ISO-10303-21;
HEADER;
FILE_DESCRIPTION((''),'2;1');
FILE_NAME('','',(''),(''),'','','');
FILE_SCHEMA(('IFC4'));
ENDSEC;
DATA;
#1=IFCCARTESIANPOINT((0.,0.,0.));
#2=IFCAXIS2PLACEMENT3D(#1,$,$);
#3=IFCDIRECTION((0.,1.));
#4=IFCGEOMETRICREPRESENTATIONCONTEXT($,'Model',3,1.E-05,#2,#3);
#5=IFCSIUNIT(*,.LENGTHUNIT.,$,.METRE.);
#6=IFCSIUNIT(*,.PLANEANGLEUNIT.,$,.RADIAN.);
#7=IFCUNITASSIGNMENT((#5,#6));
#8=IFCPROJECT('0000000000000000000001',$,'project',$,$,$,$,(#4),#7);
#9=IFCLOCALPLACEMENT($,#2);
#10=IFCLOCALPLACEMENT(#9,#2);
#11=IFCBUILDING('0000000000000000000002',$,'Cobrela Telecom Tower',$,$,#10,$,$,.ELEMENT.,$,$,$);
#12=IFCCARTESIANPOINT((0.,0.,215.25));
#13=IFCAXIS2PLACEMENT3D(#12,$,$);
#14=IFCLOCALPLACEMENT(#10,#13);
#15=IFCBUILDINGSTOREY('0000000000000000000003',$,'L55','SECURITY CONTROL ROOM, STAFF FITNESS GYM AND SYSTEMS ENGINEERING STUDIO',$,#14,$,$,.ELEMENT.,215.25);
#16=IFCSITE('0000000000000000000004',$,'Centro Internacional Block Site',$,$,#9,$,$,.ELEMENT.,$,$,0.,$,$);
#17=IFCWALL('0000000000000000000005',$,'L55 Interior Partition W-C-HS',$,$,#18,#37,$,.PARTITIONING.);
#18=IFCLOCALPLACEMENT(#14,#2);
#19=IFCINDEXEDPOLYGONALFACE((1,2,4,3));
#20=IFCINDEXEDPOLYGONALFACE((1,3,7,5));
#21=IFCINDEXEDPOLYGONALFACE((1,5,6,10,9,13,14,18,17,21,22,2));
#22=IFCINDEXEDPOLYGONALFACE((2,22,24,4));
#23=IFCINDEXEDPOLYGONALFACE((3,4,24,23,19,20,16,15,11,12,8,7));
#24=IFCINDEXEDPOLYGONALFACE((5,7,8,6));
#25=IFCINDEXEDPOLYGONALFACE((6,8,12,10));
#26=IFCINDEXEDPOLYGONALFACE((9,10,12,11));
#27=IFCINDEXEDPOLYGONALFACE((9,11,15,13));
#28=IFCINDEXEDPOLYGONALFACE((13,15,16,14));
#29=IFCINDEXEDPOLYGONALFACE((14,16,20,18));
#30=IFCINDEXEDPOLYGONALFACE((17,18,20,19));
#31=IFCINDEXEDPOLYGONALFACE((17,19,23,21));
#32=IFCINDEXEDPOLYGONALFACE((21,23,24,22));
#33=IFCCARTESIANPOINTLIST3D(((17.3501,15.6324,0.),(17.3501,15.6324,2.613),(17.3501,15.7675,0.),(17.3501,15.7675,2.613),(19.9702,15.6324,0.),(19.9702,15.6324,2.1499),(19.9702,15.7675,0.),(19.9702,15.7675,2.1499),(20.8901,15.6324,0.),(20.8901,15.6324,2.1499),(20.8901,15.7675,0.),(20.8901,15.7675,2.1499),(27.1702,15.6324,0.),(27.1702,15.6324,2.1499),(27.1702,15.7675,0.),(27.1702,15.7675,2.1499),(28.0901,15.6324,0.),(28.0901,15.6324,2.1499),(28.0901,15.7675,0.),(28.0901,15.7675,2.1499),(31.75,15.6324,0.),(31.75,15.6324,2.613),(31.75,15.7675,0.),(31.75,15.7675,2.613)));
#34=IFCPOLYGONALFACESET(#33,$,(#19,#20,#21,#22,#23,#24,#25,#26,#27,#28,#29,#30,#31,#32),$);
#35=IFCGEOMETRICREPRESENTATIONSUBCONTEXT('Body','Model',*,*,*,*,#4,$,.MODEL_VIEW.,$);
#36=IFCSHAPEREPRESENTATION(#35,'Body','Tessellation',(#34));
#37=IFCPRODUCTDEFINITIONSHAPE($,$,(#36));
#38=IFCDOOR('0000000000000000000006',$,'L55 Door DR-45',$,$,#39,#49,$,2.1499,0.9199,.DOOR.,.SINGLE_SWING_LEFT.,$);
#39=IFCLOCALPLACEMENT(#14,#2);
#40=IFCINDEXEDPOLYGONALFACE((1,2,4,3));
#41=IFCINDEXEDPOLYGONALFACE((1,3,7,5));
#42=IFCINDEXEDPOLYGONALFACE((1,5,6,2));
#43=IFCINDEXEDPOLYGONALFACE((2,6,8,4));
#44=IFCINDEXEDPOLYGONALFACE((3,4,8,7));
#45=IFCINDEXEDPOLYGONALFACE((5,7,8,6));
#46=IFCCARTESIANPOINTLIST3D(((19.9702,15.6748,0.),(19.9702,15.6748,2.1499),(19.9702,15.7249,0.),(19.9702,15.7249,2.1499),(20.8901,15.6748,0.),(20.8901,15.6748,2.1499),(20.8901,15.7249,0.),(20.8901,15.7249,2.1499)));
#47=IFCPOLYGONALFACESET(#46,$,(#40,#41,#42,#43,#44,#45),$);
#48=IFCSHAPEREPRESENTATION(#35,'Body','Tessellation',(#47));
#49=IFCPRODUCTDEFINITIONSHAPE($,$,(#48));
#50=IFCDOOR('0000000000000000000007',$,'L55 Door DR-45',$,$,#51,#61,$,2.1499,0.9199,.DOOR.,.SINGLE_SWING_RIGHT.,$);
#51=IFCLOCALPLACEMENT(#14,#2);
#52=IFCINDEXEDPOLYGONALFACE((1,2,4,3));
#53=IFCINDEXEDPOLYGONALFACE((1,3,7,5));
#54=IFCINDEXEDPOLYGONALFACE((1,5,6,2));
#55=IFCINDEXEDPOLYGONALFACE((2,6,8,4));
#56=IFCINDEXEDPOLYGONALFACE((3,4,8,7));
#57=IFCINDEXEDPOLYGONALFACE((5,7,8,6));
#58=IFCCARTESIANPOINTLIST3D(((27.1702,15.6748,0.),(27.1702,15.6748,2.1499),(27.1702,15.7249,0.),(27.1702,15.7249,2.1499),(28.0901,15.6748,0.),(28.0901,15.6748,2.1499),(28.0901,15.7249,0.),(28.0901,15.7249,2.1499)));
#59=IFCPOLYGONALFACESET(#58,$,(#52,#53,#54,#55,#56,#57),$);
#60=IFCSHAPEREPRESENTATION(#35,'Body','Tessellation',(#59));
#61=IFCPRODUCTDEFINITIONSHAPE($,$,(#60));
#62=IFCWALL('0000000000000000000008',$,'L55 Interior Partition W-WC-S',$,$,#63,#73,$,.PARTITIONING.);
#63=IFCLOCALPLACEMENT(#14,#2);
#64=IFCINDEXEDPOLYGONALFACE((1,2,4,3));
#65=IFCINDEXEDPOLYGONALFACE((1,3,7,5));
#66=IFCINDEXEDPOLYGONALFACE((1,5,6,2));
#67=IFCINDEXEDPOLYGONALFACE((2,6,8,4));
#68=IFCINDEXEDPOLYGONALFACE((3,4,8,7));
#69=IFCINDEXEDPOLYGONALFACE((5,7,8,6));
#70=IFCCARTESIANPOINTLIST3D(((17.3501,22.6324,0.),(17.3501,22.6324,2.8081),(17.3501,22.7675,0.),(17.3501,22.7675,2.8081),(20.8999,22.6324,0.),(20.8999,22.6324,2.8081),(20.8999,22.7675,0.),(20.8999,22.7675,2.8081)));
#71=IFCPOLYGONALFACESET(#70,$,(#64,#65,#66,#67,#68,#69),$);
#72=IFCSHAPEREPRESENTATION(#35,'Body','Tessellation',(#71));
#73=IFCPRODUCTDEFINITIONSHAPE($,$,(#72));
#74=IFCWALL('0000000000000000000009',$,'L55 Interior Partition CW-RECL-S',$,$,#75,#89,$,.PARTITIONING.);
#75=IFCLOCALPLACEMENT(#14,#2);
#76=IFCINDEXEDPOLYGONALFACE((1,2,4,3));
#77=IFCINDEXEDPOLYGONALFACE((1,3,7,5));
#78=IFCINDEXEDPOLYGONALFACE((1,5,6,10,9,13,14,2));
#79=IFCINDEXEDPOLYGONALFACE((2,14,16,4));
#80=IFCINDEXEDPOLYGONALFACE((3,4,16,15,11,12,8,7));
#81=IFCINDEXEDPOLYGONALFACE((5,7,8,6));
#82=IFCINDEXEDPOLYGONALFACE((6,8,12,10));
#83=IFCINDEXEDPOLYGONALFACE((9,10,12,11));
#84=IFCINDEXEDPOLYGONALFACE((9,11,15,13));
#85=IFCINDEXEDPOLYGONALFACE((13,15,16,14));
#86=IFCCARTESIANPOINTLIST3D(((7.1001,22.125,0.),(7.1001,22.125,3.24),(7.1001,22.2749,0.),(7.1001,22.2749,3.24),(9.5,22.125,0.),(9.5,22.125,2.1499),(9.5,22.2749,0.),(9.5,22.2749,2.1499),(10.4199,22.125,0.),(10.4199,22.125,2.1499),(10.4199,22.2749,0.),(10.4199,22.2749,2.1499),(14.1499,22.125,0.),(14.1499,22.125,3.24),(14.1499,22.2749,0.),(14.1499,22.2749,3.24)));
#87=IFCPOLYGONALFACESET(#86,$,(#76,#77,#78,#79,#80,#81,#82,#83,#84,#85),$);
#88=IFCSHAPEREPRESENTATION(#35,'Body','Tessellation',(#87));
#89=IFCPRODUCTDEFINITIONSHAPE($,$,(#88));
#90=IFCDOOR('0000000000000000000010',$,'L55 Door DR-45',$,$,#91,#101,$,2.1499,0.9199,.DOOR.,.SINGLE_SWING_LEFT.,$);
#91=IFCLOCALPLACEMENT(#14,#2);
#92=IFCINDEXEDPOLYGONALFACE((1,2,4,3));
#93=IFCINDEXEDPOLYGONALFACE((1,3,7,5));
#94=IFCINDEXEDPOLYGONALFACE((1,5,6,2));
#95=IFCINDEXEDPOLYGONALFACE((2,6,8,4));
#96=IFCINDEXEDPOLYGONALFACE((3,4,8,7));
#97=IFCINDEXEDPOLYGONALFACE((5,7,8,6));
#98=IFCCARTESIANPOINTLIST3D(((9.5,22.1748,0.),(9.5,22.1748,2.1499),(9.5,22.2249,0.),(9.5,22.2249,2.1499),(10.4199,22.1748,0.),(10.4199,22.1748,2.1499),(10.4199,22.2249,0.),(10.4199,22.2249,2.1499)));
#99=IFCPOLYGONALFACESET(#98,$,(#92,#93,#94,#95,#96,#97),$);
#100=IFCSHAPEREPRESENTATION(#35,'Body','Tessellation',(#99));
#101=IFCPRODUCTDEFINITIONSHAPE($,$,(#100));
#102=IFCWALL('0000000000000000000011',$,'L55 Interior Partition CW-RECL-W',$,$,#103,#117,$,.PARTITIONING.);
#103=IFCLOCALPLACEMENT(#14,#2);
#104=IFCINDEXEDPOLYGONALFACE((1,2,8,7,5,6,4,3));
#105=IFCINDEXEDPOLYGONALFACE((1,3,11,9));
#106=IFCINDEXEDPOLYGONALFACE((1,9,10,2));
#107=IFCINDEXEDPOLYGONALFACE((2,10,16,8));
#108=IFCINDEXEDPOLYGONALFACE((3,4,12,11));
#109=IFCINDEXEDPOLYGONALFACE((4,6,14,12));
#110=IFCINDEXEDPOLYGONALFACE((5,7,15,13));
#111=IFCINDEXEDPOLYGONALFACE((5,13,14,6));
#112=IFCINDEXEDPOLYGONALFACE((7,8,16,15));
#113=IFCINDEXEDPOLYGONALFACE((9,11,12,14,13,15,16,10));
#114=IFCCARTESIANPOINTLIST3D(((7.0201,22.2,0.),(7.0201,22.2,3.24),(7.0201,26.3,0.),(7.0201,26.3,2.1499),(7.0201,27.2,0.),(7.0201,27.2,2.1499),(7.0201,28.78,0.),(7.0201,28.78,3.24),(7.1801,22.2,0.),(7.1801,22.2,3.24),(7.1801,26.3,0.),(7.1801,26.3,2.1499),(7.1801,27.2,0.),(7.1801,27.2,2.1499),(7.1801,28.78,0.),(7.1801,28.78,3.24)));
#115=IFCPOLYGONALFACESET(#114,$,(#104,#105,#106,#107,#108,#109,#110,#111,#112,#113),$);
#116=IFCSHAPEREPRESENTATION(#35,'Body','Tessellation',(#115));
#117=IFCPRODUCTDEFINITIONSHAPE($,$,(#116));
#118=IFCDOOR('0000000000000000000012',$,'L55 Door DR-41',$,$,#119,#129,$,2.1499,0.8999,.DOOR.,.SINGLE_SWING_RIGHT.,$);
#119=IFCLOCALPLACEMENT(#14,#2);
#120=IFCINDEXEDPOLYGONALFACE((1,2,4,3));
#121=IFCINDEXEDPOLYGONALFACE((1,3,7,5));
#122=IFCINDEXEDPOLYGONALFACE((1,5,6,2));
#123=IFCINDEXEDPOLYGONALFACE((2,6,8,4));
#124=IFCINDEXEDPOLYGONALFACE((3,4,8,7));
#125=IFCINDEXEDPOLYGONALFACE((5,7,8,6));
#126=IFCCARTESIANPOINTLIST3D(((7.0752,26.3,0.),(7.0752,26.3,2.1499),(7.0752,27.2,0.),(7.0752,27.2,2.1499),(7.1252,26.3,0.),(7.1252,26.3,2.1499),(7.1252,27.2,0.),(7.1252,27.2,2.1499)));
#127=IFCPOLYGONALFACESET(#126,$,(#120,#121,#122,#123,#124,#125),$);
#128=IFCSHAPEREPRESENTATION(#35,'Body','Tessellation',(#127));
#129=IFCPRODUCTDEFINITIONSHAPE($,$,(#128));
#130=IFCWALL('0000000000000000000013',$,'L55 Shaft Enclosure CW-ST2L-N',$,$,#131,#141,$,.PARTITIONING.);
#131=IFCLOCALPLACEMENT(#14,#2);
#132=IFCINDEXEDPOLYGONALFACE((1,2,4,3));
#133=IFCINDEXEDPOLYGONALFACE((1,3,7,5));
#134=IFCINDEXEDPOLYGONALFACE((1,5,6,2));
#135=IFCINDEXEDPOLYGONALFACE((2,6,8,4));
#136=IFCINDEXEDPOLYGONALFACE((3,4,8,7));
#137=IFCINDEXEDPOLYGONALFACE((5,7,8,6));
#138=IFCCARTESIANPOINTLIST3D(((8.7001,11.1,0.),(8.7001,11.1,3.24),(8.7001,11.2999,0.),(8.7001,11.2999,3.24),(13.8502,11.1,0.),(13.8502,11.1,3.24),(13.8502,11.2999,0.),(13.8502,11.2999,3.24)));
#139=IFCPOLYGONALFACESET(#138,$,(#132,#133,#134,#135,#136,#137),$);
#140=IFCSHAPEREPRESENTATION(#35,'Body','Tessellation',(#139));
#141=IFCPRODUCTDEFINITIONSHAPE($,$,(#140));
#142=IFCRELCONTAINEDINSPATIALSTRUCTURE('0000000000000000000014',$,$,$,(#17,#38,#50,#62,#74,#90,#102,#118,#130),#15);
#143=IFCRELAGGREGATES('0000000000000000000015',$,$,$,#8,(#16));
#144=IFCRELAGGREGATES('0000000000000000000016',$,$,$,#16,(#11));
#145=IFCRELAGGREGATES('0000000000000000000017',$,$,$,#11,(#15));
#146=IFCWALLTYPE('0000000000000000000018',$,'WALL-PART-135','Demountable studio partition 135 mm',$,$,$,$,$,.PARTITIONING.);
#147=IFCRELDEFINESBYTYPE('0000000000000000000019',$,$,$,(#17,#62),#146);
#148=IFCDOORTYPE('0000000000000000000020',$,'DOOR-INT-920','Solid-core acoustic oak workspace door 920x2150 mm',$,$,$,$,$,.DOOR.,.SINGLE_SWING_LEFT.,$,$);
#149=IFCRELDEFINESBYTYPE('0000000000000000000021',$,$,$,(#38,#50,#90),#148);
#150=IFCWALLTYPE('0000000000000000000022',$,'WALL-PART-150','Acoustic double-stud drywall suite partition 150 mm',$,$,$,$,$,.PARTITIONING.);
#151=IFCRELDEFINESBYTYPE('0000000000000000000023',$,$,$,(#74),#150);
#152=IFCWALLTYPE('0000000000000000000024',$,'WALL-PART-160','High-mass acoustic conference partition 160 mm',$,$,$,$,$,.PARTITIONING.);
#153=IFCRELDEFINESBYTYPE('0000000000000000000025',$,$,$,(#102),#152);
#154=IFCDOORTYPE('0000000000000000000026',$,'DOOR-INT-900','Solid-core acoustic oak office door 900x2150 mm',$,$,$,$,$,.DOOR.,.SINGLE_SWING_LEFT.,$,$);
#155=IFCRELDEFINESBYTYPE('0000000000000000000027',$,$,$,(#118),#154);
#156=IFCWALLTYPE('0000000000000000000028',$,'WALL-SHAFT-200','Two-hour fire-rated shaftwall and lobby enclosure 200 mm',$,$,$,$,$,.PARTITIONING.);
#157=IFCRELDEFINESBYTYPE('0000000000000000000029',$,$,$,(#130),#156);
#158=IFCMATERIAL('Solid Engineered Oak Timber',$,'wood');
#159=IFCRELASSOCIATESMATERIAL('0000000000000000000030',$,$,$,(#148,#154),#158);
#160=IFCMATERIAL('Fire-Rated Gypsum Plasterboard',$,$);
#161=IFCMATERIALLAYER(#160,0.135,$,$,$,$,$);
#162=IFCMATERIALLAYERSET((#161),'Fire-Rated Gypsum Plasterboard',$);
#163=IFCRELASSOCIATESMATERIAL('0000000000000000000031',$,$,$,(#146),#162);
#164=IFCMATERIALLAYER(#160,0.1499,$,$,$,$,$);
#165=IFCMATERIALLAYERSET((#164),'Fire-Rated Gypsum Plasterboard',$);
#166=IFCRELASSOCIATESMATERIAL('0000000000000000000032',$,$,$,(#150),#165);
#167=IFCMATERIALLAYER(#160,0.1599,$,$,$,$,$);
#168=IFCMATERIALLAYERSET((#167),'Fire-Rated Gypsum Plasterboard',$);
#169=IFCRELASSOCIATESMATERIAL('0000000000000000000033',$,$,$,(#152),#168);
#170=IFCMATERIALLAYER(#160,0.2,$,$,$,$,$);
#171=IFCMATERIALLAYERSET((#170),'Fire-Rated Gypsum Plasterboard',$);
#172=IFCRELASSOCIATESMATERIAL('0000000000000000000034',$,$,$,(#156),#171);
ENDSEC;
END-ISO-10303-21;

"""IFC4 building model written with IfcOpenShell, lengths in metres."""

from ifc_helpers import new_model, si_unit, direction, frame, frame_2d, origin, place, context, subcontext, project, spatial, rectangle, extrude, material, layer, layer_set, type_object, element, fill, save


model = new_model("IFC4")

# Units and contexts
model_context = context("Model", 3, precision=1e-05, world=origin(), true_north=direction((0.0, 1.0)))
body_context = subcontext(model_context, "Body", "Model", "MODEL_VIEW")
ifc_project = project(units=[si_unit("LENGTHUNIT", "METRE"), si_unit("PLANEANGLEUNIT", "RADIAN")], contexts=[model_context])

# Site, building, storey
site_placement = place(None, origin())
site = spatial("IfcSite", under=ifc_project, at=site_placement, Name="Centro Internacional Block Site", CompositionType="ELEMENT", RefElevation=0.0)
building_placement = place(site_placement, origin())
building = spatial("IfcBuilding", under=site, at=building_placement, Name="Cobrela Telecom Tower", CompositionType="ELEMENT")
storey_placement = place(building_placement, frame((0.0, 0.0, 215.25)))
storey = spatial("IfcBuildingStorey", under=building, at=storey_placement, Name="L55", Description="SECURITY CONTROL ROOM, STAFF FITNESS GYM AND SYSTEMS ENGINEERING STUDIO", CompositionType="ELEMENT", Elevation=215.25)

# Shared definitions
ifc_material_1 = material(Name="Fire-Rated Gypsum Plasterboard")
ifc_material_2 = material(Name="Solid Engineered Oak Timber", Category="wood")
door_type_1 = type_object("IfcDoorType", Name="DOOR-INT-920", Description="Solid-core acoustic oak workspace door 920x2150 mm", OperationType="SINGLE_SWING_LEFT", PredefinedType="DOOR", material=ifc_material_2)

# Shared definitions
ifc_layer_1 = layer(ifc_material_1, 0.135)
ifc_layer_set_1 = layer_set([ifc_layer_1], Name="Fire-Rated Gypsum Plasterboard")
wall_type_1 = type_object("IfcWallType", Name="WALL-PART-135", Description="Demountable studio partition 135 mm", PredefinedType="PARTITIONING", material=ifc_layer_set_1)

# Wall, openings, doors
wall_1_placement = place(storey_placement, frame((17.3501, 15.7, 0.0), z_axis=(0.0, 0.0, 1.0), x_axis=(1.0, 0.0, 0.0)))
wall_1 = element("IfcWall", 1, at=wall_1_placement, inside=storey, type_object=wall_type_1, Name="L55 Interior Partition W-C-HS", PredefinedType="PARTITIONING", context=body_context, shape_type="SweptSolid", body=[
    extrude(rectangle(XDim=14.3999, YDim=0.135, at=frame_2d((7.2, 0.0))), origin(), (0.0, 0.0, 1.0), 2.613),
])
opening_1_placement = place(wall_1_placement, frame((2.6201, 0.0, 0.0)))
opening_1 = element("IfcOpeningElement", 2, at=opening_1_placement, cuts=wall_1, PredefinedType="OPENING", context=body_context, shape_type="SweptSolid", body=[
    extrude(rectangle(XDim=0.9199, YDim=2.1499, at=frame_2d((0.46, 1.075))), frame((0.0, 0.0796, 0.0), z_axis=(0.0, -1.0, 0.0), x_axis=(1.0, 0.0, 0.0)), (0.0, 0.0, 1.0), 0.1589),
])
opening_2_placement = place(wall_1_placement, frame((9.8201, 0.0, 0.0)))
opening_2 = element("IfcOpeningElement", 3, at=opening_2_placement, cuts=wall_1, PredefinedType="OPENING", context=body_context, shape_type="SweptSolid", body=[
    extrude(rectangle(XDim=0.9199, YDim=2.1499, at=frame_2d((0.46, 1.075))), frame((0.0, 0.0796, 0.0), z_axis=(0.0, -1.0, 0.0), x_axis=(1.0, 0.0, 0.0)), (0.0, 0.0, 1.0), 0.1589),
])
door_1_placement = place(opening_1_placement, origin())
door_1 = element("IfcDoor", 4, at=door_1_placement, inside=storey, type_object=door_type_1, Name="L55 Door DR-45", OperationType="SINGLE_SWING_LEFT", OverallHeight=2.1499, OverallWidth=0.9199, PredefinedType="DOOR", context=body_context, shape_type="SweptSolid", body=[
    extrude(rectangle(XDim=0.9199, YDim=2.1499, at=frame_2d((0.46, 1.075))), frame((0.0, 0.0249, 0.0), z_axis=(0.0, -1.0, 0.0), x_axis=(1.0, 0.0, 0.0)), (0.0, 0.0, 1.0), 0.05),
])
fill(opening_1, door_1)
door_2_placement = place(opening_2_placement, origin())
door_2 = element("IfcDoor", 5, at=door_2_placement, inside=storey, type_object=door_type_1, Name="L55 Door DR-45", OperationType="SINGLE_SWING_RIGHT", OverallHeight=2.1499, OverallWidth=0.9199, PredefinedType="DOOR", context=body_context, shape_type="SweptSolid", body=[
    extrude(rectangle(XDim=0.9199, YDim=2.1499, at=frame_2d((0.46, 1.075))), frame((0.0, 0.0249, 0.0), z_axis=(0.0, -1.0, 0.0), x_axis=(1.0, 0.0, 0.0)), (0.0, 0.0, 1.0), 0.05),
])
fill(opening_2, door_2)

# Wall
wall_2_placement = place(storey_placement, frame((17.3501, 22.7, 0.0), z_axis=(0.0, 0.0, 1.0), x_axis=(1.0, 0.0, 0.0)))
element("IfcWall", 6, at=wall_2_placement, inside=storey, type_object=wall_type_1, Name="L55 Interior Partition W-WC-S", PredefinedType="PARTITIONING", context=body_context, shape_type="SweptSolid", body=[
    extrude(rectangle(XDim=3.5498, YDim=0.135, at=frame_2d((1.7749, 0.0))), origin(), (0.0, 0.0, 1.0), 2.8081),
])

# Wall, opening, door
ifc_layer_2 = layer(ifc_material_1, 0.1499)
ifc_layer_set_2 = layer_set([ifc_layer_2], Name="Fire-Rated Gypsum Plasterboard")
wall_type_2 = type_object("IfcWallType", Name="WALL-PART-150", Description="Acoustic double-stud drywall suite partition 150 mm", PredefinedType="PARTITIONING", material=ifc_layer_set_2)
wall_3_placement = place(storey_placement, frame((7.1001, 22.2, 0.0), z_axis=(0.0, 0.0, 1.0), x_axis=(1.0, 0.0, 0.0)))
wall_3 = element("IfcWall", 7, at=wall_3_placement, inside=storey, type_object=wall_type_2, Name="L55 Interior Partition CW-RECL-S", PredefinedType="PARTITIONING", context=body_context, shape_type="SweptSolid", body=[
    extrude(rectangle(XDim=7.0498, YDim=0.1499, at=frame_2d((3.5249, 0.0))), origin(), (0.0, 0.0, 1.0), 3.24),
])
opening_3_placement = place(wall_3_placement, frame((2.3999, 0.0, 0.0)))
opening_3 = element("IfcOpeningElement", 8, at=opening_3_placement, cuts=wall_3, PredefinedType="OPENING", context=body_context, shape_type="SweptSolid", body=[
    extrude(rectangle(XDim=0.9199, YDim=2.1499, at=frame_2d((0.46, 1.075))), frame((0.0, 0.0869, 0.0), z_axis=(0.0, -1.0, 0.0), x_axis=(1.0, 0.0, 0.0)), (0.0, 0.0, 1.0), 0.1738),
])
door_3_placement = place(opening_3_placement, origin())
door_3 = element("IfcDoor", 9, at=door_3_placement, inside=storey, type_object=door_type_1, Name="L55 Door DR-45", OperationType="SINGLE_SWING_LEFT", OverallHeight=2.1499, OverallWidth=0.9199, PredefinedType="DOOR", context=body_context, shape_type="SweptSolid", body=[
    extrude(rectangle(XDim=0.9199, YDim=2.1499, at=frame_2d((0.46, 1.075))), frame((0.0, 0.0249, 0.0), z_axis=(0.0, -1.0, 0.0), x_axis=(1.0, 0.0, 0.0)), (0.0, 0.0, 1.0), 0.05),
])
fill(opening_3, door_3)

# Shared definitions
door_type_2 = type_object("IfcDoorType", Name="DOOR-INT-900", Description="Solid-core acoustic oak office door 900x2150 mm", OperationType="SINGLE_SWING_LEFT", PredefinedType="DOOR", material=ifc_material_2)

# Wall, opening, door
ifc_layer_3 = layer(ifc_material_1, 0.1599)
ifc_layer_set_3 = layer_set([ifc_layer_3], Name="Fire-Rated Gypsum Plasterboard")
wall_type_3 = type_object("IfcWallType", Name="WALL-PART-160", Description="High-mass acoustic conference partition 160 mm", PredefinedType="PARTITIONING", material=ifc_layer_set_3)
wall_4_placement = place(storey_placement, frame((7.1001, 22.2, 0.0), z_axis=(0.0, 0.0, 1.0), x_axis=(0.0, 1.0, 0.0)))
wall_4 = element("IfcWall", 10, at=wall_4_placement, inside=storey, type_object=wall_type_3, Name="L55 Interior Partition CW-RECL-W", PredefinedType="PARTITIONING", context=body_context, shape_type="SweptSolid", body=[
    extrude(rectangle(XDim=6.5801, YDim=0.1599, at=frame_2d((3.29, 0.0))), origin(), (0.0, 0.0, 1.0), 3.24),
])
opening_4_placement = place(wall_4_placement, frame((4.1001, 0.0, 0.0)))
opening_4 = element("IfcOpeningElement", 11, at=opening_4_placement, cuts=wall_4, PredefinedType="OPENING", context=body_context, shape_type="SweptSolid", body=[
    extrude(rectangle(XDim=0.8999, YDim=2.1499, at=frame_2d((0.45, 1.075))), frame((0.0, 0.0918, 0.0), z_axis=(0.0, -1.0, 0.0), x_axis=(1.0, 0.0, 0.0)), (0.0, 0.0, 1.0), 0.1838),
])
door_4_placement = place(opening_4_placement, origin())
door_4 = element("IfcDoor", 12, at=door_4_placement, inside=storey, type_object=door_type_2, Name="L55 Door DR-41", OperationType="SINGLE_SWING_RIGHT", OverallHeight=2.1499, OverallWidth=0.8999, PredefinedType="DOOR", context=body_context, shape_type="SweptSolid", body=[
    extrude(rectangle(XDim=0.8999, YDim=2.1499, at=frame_2d((0.45, 1.075))), frame((0.0, 0.0249, 0.0), z_axis=(0.0, -1.0, 0.0), x_axis=(1.0, 0.0, 0.0)), (0.0, 0.0, 1.0), 0.05),
])
fill(opening_4, door_4)

# Wall
ifc_layer_4 = layer(ifc_material_1, 0.2)
ifc_layer_set_4 = layer_set([ifc_layer_4], Name="Fire-Rated Gypsum Plasterboard")
wall_type_4 = type_object("IfcWallType", Name="WALL-SHAFT-200", Description="Two-hour fire-rated shaftwall and lobby enclosure 200 mm", PredefinedType="PARTITIONING", material=ifc_layer_set_4)
wall_5_placement = place(storey_placement, frame((8.7, 11.2, 0.0), z_axis=(0.0, 0.0, 1.0), x_axis=(1.0, 0.0, 0.0)))
element("IfcWall", 13, at=wall_5_placement, inside=storey, type_object=wall_type_4, Name="L55 Shaft Enclosure CW-ST2L-N", PredefinedType="PARTITIONING", context=body_context, shape_type="SweptSolid", body=[
    extrude(rectangle(XDim=5.1501, YDim=0.2, at=frame_2d((2.5752, 0.0))), origin(), (0.0, 0.0, 1.0), 3.24),
])

save(model, "model.ifc")
